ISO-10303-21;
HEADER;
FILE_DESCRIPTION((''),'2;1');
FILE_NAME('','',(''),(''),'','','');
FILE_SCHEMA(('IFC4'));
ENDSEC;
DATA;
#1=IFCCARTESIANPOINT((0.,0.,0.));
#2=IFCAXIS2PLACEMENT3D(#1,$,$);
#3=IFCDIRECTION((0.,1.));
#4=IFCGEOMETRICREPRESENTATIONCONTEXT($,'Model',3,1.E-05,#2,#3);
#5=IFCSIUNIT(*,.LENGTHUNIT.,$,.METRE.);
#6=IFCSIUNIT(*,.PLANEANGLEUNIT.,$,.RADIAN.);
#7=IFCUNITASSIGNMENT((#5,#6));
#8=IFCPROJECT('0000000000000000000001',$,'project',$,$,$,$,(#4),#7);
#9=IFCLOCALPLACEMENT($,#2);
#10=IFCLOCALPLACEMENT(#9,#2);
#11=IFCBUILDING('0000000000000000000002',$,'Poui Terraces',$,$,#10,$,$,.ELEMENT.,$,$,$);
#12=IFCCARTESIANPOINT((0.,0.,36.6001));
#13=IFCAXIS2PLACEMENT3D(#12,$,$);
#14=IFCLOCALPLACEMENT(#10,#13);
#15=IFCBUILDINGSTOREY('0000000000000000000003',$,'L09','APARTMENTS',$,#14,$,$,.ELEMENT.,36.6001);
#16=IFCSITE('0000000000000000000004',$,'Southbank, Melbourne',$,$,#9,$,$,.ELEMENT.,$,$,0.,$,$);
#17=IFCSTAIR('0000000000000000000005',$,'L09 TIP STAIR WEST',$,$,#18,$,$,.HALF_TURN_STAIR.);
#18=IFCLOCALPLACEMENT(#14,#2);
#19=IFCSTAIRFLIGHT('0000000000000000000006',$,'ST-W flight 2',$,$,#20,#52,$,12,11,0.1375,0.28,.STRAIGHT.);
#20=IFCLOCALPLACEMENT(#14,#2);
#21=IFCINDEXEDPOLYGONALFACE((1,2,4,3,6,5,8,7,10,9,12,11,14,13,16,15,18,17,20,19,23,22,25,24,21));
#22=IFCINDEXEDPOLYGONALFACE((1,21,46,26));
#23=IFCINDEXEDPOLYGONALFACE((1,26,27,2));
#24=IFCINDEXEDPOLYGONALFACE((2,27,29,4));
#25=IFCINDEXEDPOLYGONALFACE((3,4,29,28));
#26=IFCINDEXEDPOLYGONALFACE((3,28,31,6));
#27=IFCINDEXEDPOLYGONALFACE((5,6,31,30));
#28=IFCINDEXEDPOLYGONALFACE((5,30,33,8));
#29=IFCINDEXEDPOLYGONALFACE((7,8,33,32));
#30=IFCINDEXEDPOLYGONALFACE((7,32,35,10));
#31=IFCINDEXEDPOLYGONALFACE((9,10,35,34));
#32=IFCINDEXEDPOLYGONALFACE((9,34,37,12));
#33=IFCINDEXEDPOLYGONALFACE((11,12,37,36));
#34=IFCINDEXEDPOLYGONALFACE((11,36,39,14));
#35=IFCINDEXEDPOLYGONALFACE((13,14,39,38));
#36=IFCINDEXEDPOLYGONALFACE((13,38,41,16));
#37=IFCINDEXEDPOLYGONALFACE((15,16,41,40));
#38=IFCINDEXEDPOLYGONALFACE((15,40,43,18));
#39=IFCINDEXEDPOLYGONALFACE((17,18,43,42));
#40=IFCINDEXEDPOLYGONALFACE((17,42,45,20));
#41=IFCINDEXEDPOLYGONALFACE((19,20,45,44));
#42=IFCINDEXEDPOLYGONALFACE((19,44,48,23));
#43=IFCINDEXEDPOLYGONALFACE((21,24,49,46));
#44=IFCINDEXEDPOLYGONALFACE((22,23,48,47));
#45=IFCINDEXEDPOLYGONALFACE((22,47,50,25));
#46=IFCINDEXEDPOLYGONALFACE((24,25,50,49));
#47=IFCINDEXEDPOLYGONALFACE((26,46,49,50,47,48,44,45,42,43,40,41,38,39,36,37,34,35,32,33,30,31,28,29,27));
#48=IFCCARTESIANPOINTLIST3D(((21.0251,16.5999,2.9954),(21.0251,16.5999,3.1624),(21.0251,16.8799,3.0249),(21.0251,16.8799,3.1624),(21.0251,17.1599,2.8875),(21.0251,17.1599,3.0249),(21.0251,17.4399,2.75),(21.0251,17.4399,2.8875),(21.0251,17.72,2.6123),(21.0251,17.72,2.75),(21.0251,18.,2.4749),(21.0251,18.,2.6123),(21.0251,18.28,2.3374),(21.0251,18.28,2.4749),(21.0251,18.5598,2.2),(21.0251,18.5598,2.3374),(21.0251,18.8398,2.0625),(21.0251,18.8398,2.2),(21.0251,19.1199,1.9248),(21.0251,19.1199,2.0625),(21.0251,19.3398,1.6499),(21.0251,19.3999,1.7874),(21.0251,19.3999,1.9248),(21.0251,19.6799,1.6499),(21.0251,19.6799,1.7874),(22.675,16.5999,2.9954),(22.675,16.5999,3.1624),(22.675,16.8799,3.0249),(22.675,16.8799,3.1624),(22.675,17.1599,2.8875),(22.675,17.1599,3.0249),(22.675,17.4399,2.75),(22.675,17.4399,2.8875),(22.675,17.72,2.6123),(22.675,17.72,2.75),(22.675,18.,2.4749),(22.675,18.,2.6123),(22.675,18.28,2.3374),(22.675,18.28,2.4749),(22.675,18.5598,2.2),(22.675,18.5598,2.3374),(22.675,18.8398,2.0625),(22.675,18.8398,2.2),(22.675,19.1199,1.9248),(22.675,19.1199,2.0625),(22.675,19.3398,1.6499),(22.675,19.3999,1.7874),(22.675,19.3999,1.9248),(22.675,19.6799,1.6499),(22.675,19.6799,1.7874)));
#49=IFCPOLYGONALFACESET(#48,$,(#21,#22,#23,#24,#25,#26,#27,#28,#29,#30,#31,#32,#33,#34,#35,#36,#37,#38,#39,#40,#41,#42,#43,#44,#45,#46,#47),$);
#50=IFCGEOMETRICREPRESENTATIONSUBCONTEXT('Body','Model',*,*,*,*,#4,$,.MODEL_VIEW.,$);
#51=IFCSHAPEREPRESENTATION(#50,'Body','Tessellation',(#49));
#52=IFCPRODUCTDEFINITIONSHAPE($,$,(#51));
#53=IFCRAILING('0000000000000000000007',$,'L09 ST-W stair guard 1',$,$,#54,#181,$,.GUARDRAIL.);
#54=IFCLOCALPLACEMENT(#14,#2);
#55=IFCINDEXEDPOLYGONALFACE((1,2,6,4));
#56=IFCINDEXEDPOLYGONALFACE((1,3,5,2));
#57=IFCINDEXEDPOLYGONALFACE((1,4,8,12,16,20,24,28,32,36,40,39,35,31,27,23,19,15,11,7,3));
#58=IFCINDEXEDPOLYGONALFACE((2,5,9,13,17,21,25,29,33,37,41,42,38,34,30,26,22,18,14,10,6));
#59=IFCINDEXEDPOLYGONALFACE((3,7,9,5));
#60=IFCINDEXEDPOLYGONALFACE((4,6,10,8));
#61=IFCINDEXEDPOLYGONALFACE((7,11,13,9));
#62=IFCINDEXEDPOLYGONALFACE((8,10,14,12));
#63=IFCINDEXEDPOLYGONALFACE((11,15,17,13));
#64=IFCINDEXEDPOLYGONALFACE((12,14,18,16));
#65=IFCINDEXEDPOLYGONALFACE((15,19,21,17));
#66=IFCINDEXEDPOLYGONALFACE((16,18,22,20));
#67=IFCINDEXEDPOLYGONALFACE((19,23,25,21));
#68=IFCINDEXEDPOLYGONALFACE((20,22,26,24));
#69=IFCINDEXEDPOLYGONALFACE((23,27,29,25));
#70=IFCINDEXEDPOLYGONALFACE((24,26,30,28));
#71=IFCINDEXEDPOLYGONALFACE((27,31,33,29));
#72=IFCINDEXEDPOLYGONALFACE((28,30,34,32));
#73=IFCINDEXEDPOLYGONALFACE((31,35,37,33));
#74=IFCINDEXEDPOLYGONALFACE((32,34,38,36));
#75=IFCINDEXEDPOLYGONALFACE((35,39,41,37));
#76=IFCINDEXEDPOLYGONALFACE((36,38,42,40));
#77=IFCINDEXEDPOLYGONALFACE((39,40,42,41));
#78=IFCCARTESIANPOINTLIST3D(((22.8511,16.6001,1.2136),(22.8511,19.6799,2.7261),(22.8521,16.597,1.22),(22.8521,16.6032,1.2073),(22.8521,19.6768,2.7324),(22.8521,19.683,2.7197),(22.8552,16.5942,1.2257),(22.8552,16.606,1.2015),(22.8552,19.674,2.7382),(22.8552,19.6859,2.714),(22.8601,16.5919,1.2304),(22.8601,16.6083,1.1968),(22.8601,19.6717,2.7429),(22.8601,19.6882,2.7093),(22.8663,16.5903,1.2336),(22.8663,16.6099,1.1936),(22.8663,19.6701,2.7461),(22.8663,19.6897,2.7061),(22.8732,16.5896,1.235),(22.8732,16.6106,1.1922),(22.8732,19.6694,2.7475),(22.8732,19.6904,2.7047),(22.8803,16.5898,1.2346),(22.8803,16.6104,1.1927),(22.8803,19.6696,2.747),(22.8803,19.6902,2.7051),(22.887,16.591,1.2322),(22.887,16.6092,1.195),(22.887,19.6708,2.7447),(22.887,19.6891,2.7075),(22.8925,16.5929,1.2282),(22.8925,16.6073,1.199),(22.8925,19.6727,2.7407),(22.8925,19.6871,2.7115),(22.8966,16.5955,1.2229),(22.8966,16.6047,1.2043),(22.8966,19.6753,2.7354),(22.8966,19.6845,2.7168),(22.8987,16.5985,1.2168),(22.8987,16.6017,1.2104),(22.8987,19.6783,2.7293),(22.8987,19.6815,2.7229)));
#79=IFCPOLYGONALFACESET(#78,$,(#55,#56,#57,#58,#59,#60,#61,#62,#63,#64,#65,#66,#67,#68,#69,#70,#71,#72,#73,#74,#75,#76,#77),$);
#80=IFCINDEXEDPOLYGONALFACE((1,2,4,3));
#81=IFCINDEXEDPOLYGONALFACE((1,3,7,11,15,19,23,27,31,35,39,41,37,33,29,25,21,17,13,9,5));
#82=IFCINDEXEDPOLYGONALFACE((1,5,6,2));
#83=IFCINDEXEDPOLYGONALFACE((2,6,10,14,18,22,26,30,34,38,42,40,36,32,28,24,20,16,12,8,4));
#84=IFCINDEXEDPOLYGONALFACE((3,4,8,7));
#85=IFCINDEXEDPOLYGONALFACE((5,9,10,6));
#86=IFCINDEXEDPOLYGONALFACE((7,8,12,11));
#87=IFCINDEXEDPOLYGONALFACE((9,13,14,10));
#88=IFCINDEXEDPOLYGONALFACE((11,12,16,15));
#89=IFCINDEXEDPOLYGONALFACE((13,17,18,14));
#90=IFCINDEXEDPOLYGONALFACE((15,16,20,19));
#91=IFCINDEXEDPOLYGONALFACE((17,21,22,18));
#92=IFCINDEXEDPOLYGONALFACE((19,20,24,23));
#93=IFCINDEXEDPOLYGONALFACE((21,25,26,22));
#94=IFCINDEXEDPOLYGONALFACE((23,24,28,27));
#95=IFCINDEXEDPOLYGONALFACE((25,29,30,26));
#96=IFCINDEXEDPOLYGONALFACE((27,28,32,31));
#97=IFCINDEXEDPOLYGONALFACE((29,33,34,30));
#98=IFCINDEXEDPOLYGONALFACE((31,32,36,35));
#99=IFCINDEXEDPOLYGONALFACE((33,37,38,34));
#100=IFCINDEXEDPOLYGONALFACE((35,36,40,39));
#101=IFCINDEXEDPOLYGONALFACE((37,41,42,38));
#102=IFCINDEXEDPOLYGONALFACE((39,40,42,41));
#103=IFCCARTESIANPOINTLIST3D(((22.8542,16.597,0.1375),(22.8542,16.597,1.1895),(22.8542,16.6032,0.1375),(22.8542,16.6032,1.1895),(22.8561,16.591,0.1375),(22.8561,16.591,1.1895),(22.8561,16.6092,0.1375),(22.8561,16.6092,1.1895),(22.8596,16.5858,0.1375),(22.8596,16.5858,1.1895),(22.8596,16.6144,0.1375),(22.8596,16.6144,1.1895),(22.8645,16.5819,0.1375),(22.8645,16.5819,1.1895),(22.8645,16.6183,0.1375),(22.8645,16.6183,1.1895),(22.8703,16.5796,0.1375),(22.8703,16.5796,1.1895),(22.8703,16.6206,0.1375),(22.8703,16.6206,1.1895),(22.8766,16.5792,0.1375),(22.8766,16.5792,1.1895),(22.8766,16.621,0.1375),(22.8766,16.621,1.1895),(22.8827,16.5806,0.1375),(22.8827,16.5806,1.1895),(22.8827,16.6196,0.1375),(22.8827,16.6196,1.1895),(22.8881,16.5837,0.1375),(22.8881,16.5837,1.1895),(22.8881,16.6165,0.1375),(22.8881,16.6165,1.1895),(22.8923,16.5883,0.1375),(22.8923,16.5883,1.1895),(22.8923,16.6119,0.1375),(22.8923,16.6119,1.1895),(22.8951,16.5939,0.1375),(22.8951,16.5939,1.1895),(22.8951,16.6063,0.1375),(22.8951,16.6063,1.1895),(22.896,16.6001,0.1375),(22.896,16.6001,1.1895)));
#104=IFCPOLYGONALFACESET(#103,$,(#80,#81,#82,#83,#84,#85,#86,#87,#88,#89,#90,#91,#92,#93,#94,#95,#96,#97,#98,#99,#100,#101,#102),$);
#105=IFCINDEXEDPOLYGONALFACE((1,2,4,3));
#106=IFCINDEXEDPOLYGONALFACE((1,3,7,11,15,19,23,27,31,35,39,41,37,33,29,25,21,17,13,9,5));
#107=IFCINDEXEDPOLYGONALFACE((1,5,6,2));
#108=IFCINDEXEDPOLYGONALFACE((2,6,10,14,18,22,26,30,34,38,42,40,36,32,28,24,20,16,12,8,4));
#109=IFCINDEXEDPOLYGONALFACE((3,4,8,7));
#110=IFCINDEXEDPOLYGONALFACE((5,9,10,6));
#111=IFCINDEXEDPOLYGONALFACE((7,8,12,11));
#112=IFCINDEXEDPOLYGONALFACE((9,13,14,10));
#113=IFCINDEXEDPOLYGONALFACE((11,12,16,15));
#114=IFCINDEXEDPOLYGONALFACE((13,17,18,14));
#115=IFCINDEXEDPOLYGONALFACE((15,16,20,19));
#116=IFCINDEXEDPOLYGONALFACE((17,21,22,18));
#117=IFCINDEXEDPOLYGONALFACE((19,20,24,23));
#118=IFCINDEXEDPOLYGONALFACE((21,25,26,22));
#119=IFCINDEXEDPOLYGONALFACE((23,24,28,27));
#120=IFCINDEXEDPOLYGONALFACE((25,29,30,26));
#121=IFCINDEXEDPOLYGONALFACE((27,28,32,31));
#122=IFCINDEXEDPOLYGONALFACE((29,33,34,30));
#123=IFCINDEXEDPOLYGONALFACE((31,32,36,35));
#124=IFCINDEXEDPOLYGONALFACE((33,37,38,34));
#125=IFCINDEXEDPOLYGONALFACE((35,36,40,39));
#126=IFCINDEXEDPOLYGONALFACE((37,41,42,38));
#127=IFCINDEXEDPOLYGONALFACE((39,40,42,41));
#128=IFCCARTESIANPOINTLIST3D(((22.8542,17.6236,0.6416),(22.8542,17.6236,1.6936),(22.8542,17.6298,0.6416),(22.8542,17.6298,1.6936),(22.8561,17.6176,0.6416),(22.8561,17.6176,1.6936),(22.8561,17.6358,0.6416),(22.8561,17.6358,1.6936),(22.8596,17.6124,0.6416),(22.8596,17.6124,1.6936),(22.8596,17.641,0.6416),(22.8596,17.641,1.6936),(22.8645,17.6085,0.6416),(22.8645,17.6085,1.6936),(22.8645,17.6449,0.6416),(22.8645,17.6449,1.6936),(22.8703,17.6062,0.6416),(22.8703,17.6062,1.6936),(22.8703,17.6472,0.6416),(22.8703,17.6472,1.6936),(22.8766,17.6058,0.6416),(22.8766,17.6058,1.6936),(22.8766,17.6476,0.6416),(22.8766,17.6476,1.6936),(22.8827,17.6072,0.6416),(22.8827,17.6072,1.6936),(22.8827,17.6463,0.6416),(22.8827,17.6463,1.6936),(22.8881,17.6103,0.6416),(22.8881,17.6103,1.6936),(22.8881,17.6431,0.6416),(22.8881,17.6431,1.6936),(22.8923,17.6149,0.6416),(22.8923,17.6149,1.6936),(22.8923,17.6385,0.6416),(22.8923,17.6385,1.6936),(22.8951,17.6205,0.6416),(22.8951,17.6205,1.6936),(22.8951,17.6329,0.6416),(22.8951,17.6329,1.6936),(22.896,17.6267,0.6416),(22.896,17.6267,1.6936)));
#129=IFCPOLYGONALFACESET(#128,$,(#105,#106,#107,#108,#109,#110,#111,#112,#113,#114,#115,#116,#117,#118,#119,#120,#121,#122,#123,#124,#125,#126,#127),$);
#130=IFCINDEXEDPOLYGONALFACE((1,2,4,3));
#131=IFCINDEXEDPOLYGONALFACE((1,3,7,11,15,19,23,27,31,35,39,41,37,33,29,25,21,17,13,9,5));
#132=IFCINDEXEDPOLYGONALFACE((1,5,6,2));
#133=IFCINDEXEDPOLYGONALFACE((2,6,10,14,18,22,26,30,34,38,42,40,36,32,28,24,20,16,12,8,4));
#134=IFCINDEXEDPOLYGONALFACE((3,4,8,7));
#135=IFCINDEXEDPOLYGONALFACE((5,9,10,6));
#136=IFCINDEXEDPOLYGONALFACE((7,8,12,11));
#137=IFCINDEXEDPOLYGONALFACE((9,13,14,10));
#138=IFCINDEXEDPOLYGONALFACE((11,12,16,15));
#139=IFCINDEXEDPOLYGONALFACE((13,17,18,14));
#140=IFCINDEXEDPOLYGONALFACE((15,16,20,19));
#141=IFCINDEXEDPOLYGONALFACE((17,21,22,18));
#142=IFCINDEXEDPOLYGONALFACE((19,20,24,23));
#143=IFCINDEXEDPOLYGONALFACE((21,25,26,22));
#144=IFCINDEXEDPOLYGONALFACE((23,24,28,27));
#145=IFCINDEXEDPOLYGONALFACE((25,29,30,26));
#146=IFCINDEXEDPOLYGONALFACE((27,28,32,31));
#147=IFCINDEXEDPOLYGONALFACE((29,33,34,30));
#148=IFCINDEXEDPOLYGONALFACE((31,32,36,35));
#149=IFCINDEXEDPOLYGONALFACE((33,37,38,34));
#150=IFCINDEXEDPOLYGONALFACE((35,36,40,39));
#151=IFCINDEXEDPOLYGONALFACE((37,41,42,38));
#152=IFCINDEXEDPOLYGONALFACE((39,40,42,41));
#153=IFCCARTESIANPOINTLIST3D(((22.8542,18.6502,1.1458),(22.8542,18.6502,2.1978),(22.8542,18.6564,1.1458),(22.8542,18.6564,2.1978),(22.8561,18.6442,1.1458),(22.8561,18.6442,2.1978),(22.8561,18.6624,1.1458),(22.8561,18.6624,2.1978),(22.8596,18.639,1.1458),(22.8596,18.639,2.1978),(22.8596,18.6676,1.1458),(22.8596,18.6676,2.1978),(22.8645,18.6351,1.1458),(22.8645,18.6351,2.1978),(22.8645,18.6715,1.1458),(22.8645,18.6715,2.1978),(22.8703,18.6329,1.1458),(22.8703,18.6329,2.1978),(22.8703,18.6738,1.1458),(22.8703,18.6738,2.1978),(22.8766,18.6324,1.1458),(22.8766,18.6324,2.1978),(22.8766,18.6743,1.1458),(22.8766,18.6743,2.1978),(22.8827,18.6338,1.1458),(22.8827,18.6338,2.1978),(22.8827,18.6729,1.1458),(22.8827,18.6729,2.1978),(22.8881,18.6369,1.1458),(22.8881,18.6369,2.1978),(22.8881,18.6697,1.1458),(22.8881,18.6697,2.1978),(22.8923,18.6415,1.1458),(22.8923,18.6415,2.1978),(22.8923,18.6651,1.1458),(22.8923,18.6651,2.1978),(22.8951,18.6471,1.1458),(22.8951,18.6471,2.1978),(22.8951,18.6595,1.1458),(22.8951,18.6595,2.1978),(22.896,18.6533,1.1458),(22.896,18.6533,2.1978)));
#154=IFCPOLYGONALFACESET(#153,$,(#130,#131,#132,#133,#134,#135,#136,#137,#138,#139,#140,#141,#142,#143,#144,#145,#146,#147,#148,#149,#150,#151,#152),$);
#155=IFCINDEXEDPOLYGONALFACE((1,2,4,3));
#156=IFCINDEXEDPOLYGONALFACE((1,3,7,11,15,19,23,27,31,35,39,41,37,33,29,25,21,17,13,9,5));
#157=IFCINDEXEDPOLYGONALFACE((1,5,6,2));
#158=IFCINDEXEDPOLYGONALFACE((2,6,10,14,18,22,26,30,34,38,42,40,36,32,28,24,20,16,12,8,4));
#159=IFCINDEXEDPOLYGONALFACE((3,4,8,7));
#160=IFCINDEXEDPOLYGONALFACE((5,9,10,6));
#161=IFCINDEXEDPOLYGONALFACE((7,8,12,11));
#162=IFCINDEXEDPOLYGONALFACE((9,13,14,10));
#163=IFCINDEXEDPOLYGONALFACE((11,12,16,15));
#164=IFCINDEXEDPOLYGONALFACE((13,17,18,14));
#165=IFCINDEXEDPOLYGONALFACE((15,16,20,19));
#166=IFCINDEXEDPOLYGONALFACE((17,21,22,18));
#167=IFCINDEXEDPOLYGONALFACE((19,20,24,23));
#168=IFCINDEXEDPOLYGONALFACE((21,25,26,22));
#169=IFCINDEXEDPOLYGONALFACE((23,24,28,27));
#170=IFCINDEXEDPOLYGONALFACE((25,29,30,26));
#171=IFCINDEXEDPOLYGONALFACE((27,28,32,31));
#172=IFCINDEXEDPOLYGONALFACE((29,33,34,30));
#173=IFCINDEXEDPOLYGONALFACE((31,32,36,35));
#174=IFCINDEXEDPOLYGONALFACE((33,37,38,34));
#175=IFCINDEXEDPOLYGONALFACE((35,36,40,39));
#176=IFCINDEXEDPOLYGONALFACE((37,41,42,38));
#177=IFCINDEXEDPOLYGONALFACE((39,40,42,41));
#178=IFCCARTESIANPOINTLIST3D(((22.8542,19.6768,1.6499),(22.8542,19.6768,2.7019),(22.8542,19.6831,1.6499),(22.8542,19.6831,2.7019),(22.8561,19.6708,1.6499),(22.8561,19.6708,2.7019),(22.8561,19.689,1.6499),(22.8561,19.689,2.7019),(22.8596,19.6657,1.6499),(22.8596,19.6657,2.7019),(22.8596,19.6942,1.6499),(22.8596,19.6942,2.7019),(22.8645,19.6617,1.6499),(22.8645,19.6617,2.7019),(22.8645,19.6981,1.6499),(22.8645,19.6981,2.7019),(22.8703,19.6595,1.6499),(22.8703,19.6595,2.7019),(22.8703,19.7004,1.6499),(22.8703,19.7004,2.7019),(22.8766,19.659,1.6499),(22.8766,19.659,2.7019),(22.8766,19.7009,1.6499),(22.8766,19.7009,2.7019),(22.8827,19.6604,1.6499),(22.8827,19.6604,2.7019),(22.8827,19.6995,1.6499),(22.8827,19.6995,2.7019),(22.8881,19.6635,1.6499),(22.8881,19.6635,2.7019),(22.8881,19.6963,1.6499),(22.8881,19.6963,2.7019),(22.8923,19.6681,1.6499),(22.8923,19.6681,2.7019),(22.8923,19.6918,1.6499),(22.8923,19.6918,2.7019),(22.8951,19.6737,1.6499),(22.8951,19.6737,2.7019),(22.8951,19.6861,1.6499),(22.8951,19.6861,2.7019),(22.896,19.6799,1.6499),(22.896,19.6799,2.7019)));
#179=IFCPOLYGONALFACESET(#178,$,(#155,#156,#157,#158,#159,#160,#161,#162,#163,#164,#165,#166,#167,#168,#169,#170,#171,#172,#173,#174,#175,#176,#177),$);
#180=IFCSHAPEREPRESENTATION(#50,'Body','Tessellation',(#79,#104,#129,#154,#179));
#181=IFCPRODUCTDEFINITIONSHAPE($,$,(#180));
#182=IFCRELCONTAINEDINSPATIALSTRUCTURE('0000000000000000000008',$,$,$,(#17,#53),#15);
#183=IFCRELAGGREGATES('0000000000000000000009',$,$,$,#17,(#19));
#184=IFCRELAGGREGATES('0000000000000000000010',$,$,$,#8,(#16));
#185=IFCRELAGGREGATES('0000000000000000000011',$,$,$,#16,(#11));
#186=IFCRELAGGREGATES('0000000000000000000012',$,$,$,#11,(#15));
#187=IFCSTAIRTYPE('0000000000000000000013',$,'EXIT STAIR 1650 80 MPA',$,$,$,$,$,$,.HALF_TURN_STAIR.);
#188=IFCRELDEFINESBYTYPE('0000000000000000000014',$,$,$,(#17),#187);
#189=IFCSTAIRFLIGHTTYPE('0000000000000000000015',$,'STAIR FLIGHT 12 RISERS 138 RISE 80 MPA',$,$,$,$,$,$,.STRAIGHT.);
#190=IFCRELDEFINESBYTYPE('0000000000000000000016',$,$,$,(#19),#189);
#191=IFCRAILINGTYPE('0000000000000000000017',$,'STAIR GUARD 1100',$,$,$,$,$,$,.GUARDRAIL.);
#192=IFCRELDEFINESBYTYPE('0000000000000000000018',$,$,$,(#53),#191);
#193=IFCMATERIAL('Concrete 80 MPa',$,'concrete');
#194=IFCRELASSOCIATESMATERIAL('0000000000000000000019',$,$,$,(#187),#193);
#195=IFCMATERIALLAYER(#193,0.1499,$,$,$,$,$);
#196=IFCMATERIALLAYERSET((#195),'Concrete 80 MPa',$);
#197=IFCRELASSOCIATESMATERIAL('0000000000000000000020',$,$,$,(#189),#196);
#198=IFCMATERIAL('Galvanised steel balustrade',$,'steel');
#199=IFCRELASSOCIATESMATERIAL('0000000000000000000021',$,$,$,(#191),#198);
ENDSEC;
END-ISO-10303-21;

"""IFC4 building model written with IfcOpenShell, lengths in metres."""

from ifc_helpers import new_model, si_unit, direction, frame, origin, origin_2d, place, context, subcontext, project, spatial, polyline, circle, outline, extrude, material, layer, layer_set, type_object, element, aggregate, save


model = new_model("IFC4")

# Units and contexts
model_context = context("Model", 3, precision=1e-05, world=origin(), true_north=direction((0.0, 1.0)))
body_context = subcontext(model_context, "Body", "Model", "MODEL_VIEW")
ifc_project = project(units=[si_unit("LENGTHUNIT", "METRE"), si_unit("PLANEANGLEUNIT", "RADIAN")], contexts=[model_context])

# Site, building, storey
site_placement = place(None, origin())
site = spatial("IfcSite", under=ifc_project, at=site_placement, Name="Southbank, Melbourne", CompositionType="ELEMENT", RefElevation=0.0)
building_placement = place(site_placement, origin())
building = spatial("IfcBuilding", under=site, at=building_placement, Name="Poui Terraces", CompositionType="ELEMENT")
storey_placement = place(building_placement, frame((0.0, 0.0, 36.6001)))
storey = spatial("IfcBuildingStorey", under=building, at=storey_placement, Name="L09", Description="APARTMENTS", CompositionType="ELEMENT", Elevation=36.6001)

# Shared definitions
ifc_material_1 = material(Name="Concrete 80 MPa", Category="concrete")

# Stair, stair flight
stair_type = type_object("IfcStairType", Name="EXIT STAIR 1650 80 MPA", PredefinedType="HALF_TURN_STAIR", material=ifc_material_1)
stair_placement = place(storey_placement, origin())
stair = element("IfcStair", 1, at=stair_placement, inside=storey, type_object=stair_type, Name="L09 TIP STAIR WEST", PredefinedType="HALF_TURN_STAIR")
ifc_layer_1 = layer(ifc_material_1, 0.1499)
ifc_layer_set_1 = layer_set([ifc_layer_1], Name="Concrete 80 MPa")
stair_flight_type = type_object("IfcStairFlightType", Name="STAIR FLIGHT 12 RISERS 138 RISE 80 MPA", PredefinedType="STRAIGHT", material=ifc_layer_set_1)
stair_flight_1_placement = place(storey_placement, frame((21.8501, 19.6799, 1.6499), z_axis=(0.0, 0.0, 1.0), x_axis=(0.0, -1.0, 0.0)))
stair_flight_1 = element("IfcStairFlight", 2, at=stair_flight_1_placement, type_object=stair_flight_type, Name="ST-W flight 2", NumberOfRisers=12, NumberOfTreads=11, PredefinedType="STRAIGHT", RiserHeight=0.1375, TreadLength=0.28, context=body_context, shape_type="SweptSolid", body=[
    extrude(outline(polyline([(0.0, 0.0), (0.0, 0.1375), (0.28, 0.1375), (0.28, 0.2749), (0.5601, 0.2749), (0.5601, 0.4126), (0.8401, 0.4126), (0.8401, 0.55), (1.1201, 0.55), (1.1201, 0.6875), (1.3999, 0.6875), (1.3999, 0.825), (1.6799, 0.825), (1.6799, 0.9624), (1.96, 0.9624), (1.96, 1.1001), (2.24, 1.1001), (2.24, 1.2375), (2.52, 1.2375), (2.52, 1.375), (2.8, 1.375), (2.8, 1.5125), (3.0801, 1.5125), (3.0801, 1.6499), (3.0801, 1.3455), (0.3401, 0.0), (0.0, 0.0)])), frame((0.0, 0.825, 0.0), z_axis=(0.0, -1.0, 0.0), x_axis=(1.0, 0.0, 0.0)), (0.0, 0.0, 1.0), 1.6499),
])
aggregate(stair, [stair_flight_1])

# Railing
ifc_material_2 = material(Name="Galvanised steel balustrade", Category="steel")
railing_type_1 = type_object("IfcRailingType", Name="STAIR GUARD 1100", PredefinedType="GUARDRAIL", material=ifc_material_2)
railing_1_placement = place(storey_placement, frame((22.875, 16.6001, 0.1375)))
element("IfcRailing", 3, at=railing_1_placement, inside=storey, type_object=railing_type_1, Name="L09 ST-W stair guard 1", PredefinedType="GUARDRAIL", context=body_context, shape_type="SweptSolid", body=[
    extrude(circle(Radius=0.0239, at=origin_2d()), frame((0.0, 0.0, 1.0762), z_axis=(0.0, 0.897606, 0.440798), x_axis=(-1.0, 0.0, 0.0)), (0.0, 0.0, 1.0), 3.4312),
    extrude(circle(Radius=0.021, at=origin_2d()), origin(), (0.0, 0.0, 1.0), 1.052),
    extrude(circle(Radius=0.021, at=origin_2d()), frame((0.0, 1.0266, 0.5042)), (0.0, 0.0, 1.0), 1.052),
    extrude(circle(Radius=0.021, at=origin_2d()), frame((0.0, 2.0532, 1.0083)), (0.0, 0.0, 1.0), 1.052),
    extrude(circle(Radius=0.021, at=origin_2d()), frame((0.0, 3.0798, 1.5125)), (0.0, 0.0, 1.0), 1.052),
])

save(model, "model.ifc")
